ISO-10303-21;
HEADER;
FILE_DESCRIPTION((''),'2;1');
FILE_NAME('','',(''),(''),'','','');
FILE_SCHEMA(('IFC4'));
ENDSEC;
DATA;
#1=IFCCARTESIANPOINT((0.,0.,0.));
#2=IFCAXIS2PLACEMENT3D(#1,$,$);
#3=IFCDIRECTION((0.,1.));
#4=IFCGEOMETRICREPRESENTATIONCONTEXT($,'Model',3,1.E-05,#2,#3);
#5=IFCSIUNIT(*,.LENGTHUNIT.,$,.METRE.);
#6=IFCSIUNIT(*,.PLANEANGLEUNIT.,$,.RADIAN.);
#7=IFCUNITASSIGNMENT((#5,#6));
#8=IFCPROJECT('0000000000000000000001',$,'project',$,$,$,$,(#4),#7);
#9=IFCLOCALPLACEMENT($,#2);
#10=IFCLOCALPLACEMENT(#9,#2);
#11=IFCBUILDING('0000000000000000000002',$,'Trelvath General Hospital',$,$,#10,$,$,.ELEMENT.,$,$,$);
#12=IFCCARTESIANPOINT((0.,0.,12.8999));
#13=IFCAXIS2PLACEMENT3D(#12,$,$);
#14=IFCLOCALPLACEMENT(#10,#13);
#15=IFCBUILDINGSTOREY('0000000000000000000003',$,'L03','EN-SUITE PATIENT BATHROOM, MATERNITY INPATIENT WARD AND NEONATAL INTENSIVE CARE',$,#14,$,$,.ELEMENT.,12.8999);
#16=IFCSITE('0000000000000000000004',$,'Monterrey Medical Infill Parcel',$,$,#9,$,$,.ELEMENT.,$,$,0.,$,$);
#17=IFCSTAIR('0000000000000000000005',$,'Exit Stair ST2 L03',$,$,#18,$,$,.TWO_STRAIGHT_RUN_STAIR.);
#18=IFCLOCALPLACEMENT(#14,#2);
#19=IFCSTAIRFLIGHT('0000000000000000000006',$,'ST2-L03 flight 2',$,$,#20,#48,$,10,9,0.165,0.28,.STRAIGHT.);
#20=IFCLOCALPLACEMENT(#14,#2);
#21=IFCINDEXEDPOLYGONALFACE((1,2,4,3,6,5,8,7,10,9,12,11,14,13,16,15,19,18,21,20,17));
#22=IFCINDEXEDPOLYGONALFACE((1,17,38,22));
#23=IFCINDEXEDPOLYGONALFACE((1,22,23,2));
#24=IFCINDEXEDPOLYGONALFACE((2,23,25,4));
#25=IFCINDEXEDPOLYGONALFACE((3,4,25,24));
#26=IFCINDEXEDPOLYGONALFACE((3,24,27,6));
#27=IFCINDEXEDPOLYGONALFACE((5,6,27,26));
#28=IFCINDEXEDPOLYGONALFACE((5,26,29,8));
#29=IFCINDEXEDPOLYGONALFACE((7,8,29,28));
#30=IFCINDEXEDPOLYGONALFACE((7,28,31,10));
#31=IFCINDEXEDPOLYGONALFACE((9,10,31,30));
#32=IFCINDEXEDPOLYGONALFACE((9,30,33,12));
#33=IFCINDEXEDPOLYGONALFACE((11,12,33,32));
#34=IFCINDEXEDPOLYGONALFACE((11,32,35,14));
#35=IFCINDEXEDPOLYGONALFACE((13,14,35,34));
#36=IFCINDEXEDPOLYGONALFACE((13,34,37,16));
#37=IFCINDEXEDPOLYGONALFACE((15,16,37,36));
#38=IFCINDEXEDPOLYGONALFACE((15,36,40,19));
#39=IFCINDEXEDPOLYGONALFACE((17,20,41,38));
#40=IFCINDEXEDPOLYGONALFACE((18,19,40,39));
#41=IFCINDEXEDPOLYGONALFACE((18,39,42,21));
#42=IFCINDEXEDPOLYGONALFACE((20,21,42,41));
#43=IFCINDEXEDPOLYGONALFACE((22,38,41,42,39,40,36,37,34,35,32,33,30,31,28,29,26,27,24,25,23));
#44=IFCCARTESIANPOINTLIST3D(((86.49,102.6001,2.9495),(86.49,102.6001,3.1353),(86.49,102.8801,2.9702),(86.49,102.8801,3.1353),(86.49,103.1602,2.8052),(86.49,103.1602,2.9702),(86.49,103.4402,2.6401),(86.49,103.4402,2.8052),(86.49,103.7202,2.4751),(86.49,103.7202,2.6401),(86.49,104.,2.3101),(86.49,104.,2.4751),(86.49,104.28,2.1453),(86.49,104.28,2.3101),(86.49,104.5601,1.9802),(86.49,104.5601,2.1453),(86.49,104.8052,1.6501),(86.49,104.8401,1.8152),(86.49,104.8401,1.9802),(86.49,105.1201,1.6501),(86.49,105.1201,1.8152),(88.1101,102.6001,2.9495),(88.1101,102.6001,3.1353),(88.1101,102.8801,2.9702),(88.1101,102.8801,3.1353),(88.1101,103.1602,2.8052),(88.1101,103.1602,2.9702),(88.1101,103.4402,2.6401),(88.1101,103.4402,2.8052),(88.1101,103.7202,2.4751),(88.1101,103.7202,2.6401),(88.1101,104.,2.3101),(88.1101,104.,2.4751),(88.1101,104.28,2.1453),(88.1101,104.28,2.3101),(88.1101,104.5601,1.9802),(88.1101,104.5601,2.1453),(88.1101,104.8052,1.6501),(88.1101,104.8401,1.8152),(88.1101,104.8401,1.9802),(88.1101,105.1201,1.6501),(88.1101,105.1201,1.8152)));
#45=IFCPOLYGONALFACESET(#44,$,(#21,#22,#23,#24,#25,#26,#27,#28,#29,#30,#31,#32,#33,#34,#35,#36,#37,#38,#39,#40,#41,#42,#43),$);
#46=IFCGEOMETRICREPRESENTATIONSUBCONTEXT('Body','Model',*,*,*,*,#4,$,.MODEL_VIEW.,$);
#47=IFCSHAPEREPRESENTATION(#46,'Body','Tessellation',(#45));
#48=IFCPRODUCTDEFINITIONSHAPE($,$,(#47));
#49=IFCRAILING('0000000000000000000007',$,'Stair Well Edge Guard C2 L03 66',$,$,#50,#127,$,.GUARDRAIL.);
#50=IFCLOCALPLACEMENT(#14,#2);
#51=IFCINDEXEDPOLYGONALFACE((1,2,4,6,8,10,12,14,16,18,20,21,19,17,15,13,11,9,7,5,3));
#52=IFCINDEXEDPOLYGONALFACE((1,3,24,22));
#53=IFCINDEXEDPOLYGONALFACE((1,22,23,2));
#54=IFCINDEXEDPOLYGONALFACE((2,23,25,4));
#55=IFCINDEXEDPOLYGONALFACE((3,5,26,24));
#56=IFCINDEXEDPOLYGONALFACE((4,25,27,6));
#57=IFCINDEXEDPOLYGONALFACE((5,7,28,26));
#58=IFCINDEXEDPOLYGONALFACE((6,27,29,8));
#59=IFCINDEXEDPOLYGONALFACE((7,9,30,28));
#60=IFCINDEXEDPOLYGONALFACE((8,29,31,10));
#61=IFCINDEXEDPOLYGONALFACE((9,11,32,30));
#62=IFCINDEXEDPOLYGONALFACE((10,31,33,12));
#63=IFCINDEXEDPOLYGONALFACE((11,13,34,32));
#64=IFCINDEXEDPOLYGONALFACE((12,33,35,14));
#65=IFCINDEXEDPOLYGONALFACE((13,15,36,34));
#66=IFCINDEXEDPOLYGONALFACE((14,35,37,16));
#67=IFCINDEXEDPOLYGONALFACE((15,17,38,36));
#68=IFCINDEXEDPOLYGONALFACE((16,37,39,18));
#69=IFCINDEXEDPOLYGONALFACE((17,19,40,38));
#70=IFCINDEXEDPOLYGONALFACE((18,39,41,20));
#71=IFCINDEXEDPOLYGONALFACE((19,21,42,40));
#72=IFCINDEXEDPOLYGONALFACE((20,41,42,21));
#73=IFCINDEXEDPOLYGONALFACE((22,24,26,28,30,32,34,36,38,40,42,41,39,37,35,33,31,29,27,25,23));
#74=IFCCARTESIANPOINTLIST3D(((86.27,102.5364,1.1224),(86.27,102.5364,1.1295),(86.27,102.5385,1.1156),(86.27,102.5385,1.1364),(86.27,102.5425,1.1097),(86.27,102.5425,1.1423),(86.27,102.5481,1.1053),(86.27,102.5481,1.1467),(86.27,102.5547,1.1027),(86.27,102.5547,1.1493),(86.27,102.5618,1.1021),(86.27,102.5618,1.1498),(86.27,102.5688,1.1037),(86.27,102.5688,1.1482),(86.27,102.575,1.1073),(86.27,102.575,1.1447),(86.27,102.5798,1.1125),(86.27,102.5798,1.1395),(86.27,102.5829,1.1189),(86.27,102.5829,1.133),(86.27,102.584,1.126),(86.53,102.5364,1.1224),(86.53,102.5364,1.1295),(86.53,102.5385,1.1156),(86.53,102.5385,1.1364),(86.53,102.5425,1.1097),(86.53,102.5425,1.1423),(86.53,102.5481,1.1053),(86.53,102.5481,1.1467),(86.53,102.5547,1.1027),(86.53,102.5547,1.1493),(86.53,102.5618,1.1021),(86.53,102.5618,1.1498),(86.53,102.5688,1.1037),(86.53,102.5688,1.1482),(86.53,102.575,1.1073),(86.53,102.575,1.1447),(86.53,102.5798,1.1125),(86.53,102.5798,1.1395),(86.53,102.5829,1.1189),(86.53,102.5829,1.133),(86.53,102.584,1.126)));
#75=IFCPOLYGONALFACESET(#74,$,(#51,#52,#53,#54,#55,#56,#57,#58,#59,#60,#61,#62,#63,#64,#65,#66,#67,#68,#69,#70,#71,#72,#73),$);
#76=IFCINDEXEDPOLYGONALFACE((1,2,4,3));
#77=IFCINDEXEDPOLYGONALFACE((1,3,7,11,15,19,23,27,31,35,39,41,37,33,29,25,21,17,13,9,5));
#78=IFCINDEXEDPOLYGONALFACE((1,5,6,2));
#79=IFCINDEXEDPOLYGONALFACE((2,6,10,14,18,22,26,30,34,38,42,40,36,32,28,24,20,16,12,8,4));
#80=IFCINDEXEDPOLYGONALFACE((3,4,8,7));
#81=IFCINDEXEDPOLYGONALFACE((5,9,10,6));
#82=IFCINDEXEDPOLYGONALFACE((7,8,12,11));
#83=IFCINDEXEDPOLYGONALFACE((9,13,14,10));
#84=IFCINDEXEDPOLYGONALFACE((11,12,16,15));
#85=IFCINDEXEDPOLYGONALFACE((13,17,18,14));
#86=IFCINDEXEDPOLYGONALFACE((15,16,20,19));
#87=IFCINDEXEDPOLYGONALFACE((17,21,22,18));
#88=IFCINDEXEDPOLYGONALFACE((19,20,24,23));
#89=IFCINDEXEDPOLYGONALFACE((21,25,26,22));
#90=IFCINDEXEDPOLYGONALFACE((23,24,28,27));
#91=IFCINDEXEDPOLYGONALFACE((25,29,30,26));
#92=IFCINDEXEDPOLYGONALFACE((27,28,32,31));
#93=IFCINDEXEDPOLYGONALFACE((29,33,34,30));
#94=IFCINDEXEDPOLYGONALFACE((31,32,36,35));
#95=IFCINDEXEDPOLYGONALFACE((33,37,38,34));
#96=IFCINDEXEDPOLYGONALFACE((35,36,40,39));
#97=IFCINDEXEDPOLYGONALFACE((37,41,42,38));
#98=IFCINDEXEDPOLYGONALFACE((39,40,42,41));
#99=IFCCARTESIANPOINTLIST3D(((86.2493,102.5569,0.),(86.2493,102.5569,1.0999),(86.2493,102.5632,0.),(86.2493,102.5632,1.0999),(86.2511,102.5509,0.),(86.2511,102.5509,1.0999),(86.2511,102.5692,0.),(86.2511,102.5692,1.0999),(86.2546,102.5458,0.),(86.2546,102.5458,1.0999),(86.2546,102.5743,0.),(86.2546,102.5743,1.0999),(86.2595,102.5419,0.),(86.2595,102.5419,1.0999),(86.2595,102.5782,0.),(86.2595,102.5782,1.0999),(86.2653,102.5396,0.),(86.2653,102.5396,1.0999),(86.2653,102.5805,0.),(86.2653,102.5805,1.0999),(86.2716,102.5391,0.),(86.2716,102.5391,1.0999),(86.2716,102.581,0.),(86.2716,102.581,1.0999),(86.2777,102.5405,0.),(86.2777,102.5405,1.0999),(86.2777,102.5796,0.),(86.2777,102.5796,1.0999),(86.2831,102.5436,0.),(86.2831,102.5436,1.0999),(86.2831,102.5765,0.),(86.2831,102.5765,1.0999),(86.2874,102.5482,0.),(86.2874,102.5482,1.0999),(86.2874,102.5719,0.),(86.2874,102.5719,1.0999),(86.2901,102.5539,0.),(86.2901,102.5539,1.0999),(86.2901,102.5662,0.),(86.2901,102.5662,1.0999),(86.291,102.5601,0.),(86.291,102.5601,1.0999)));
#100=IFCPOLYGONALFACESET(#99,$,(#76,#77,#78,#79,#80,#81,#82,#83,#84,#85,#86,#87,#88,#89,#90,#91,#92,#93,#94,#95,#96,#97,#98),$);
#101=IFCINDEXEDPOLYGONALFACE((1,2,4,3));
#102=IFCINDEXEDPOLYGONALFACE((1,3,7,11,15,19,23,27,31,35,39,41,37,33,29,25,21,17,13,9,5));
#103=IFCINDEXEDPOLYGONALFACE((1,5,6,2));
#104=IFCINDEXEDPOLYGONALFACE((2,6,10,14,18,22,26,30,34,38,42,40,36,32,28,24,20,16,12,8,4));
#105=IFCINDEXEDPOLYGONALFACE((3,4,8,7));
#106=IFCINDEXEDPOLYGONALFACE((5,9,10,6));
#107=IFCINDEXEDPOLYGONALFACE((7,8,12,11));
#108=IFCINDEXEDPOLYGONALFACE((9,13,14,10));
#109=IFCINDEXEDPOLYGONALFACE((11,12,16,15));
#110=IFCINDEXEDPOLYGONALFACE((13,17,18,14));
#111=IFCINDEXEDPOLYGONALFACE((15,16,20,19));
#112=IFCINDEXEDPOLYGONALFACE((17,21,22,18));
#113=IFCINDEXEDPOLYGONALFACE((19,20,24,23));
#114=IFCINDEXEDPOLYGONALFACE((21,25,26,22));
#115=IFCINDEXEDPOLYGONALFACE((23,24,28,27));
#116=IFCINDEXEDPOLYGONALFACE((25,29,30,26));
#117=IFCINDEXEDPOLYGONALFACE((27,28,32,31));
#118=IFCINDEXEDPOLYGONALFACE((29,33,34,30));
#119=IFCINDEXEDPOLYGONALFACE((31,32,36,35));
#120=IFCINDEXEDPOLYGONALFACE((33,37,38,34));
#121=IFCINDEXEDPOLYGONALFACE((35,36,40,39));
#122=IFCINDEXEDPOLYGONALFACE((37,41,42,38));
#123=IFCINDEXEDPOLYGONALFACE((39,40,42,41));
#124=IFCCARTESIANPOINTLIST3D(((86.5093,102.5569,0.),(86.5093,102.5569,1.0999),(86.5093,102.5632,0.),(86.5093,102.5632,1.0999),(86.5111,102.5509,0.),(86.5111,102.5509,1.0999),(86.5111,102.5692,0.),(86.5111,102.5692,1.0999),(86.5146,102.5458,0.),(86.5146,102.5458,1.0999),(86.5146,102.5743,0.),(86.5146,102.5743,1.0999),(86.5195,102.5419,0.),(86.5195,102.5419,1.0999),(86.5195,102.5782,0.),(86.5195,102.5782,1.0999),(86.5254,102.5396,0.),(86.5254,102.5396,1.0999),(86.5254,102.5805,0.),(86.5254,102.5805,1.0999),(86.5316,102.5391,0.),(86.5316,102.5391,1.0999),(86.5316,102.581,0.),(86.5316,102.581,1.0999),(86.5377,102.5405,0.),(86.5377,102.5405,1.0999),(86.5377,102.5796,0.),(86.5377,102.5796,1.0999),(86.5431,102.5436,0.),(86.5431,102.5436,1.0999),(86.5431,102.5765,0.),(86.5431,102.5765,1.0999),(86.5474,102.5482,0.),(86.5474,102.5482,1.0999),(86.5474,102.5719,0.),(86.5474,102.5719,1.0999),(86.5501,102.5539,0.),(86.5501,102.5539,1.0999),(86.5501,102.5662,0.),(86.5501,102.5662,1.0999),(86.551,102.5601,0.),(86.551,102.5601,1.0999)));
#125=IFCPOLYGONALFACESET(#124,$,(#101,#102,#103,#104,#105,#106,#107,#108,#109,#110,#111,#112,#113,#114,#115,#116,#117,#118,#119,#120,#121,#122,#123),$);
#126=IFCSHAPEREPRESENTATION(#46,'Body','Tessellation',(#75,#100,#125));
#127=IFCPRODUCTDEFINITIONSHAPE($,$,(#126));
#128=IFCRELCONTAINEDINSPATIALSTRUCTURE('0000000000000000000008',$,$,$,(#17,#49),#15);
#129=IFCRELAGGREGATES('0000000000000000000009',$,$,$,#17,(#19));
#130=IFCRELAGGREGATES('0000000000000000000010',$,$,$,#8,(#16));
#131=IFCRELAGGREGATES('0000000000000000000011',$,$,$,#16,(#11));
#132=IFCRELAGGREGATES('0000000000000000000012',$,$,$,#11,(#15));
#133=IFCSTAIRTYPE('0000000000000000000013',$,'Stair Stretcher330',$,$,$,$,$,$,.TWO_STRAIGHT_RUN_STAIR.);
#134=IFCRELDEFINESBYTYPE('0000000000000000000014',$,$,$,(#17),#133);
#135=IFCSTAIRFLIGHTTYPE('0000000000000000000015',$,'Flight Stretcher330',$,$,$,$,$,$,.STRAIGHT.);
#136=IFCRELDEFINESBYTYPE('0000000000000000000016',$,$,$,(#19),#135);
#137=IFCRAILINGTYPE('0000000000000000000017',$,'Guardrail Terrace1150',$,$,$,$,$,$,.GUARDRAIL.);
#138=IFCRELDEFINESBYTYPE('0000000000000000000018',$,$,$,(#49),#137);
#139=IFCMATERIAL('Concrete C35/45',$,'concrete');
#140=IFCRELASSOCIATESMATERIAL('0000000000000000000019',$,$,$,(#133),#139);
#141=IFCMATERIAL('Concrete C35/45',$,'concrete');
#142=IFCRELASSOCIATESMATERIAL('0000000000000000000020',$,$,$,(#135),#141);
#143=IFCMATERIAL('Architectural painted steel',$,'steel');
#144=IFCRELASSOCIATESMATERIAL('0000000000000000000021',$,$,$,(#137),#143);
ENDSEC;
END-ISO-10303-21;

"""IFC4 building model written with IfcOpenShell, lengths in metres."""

from ifc_helpers import new_model, si_unit, direction, frame, origin, origin_2d, place, context, subcontext, project, spatial, polyline, circle, outline, extrude, material, type_object, element, aggregate, save


model = new_model("IFC4")

# Units and contexts
model_context = context("Model", 3, precision=1e-05, world=origin(), true_north=direction((0.0, 1.0)))
body_context = subcontext(model_context, "Body", "Model", "MODEL_VIEW")
ifc_project = project(units=[si_unit("LENGTHUNIT", "METRE"), si_unit("PLANEANGLEUNIT", "RADIAN")], contexts=[model_context])

# Site, building, storey
site_placement = place(None, origin())
site = spatial("IfcSite", under=ifc_project, at=site_placement, Name="Monterrey Medical Infill Parcel", CompositionType="ELEMENT", RefElevation=0.0)
building_placement = place(site_placement, origin())
building = spatial("IfcBuilding", under=site, at=building_placement, Name="Trelvath General Hospital", CompositionType="ELEMENT")
storey_placement = place(building_placement, frame((0.0, 0.0, 12.8999)))
storey = spatial("IfcBuildingStorey", under=building, at=storey_placement, Name="L03", Description="EN-SUITE PATIENT BATHROOM, MATERNITY INPATIENT WARD AND NEONATAL INTENSIVE CARE", CompositionType="ELEMENT", Elevation=12.8999)

# Stair, stair flight
ifc_material_1 = material(Name="Concrete C35/45", Category="concrete")
stair_type = type_object("IfcStairType", Name="Stair Stretcher330", PredefinedType="TWO_STRAIGHT_RUN_STAIR", material=ifc_material_1)
stair_placement = place(storey_placement, origin())
stair = element("IfcStair", 1, at=stair_placement, inside=storey, type_object=stair_type, Name="Exit Stair ST2 L03", PredefinedType="TWO_STRAIGHT_RUN_STAIR")
ifc_material_2 = material(Name="Concrete C35/45", Category="concrete")
stair_flight_type = type_object("IfcStairFlightType", Name="Flight Stretcher330", PredefinedType="STRAIGHT", material=ifc_material_2)
stair_flight_placement = place(storey_placement, frame((87.3, 105.1201, 1.6501), z_axis=(0.0, 0.0, 1.0), x_axis=(0.0, -1.0, 0.0)))
stair_flight = element("IfcStairFlight", 2, at=stair_flight_placement, type_object=stair_flight_type, Name="ST2-L03 flight 2", NumberOfRisers=10, NumberOfTreads=9, PredefinedType="STRAIGHT", RiserHeight=0.165, TreadLength=0.28, context=body_context, shape_type="SweptSolid", body=[
    extrude(outline(polyline([(0.0, 0.0), (0.0, 0.165), (0.28, 0.165), (0.28, 0.3301), (0.5601, 0.3301), (0.5601, 0.4951), (0.8401, 0.4951), (0.8401, 0.6599), (1.1201, 0.6599), (1.1201, 0.825), (1.3999, 0.825), (1.3999, 0.99), (1.6799, 0.99), (1.6799, 1.155), (1.96, 1.155), (1.96, 1.3201), (2.24, 1.3201), (2.24, 1.4851), (2.52, 1.4851), (2.52, 1.6499), (2.52, 1.2993), (0.3149, 0.0), (0.0, 0.0)])), frame((0.0, 0.8101, 0.0), z_axis=(0.0, -1.0, 0.0), x_axis=(1.0, 0.0, 0.0)), (0.0, 0.0, 1.0), 1.6201),
])
aggregate(stair, [stair_flight])

# Railing
ifc_material_3 = material(Name="Architectural painted steel", Category="steel")
railing_type_1 = type_object("IfcRailingType", Name="Guardrail Terrace1150", PredefinedType="GUARDRAIL", material=ifc_material_3)
railing_1_placement = place(storey_placement, frame((86.27, 102.5601, 0.0)))
element("IfcRailing", 3, at=railing_1_placement, inside=storey, type_object=railing_type_1, Name="Stair Well Edge Guard C2 L03 66", PredefinedType="GUARDRAIL", context=body_context, shape_type="SweptSolid", body=[
    extrude(circle(Radius=0.0239, at=origin_2d()), frame((0.0, 0.0, 1.126), z_axis=(1.0, 0.0, 0.0), x_axis=(0.0, 1.0, 0.0)), (0.0, 0.0, 1.0), 0.26),
    extrude(circle(Radius=0.021, at=origin_2d()), origin(), (0.0, 0.0, 1.0), 1.0999),
    extrude(circle(Radius=0.021, at=origin_2d()), frame((0.26, 0.0, 0.0)), (0.0, 0.0, 1.0), 1.0999),
])

save(model, "model.ifc")
